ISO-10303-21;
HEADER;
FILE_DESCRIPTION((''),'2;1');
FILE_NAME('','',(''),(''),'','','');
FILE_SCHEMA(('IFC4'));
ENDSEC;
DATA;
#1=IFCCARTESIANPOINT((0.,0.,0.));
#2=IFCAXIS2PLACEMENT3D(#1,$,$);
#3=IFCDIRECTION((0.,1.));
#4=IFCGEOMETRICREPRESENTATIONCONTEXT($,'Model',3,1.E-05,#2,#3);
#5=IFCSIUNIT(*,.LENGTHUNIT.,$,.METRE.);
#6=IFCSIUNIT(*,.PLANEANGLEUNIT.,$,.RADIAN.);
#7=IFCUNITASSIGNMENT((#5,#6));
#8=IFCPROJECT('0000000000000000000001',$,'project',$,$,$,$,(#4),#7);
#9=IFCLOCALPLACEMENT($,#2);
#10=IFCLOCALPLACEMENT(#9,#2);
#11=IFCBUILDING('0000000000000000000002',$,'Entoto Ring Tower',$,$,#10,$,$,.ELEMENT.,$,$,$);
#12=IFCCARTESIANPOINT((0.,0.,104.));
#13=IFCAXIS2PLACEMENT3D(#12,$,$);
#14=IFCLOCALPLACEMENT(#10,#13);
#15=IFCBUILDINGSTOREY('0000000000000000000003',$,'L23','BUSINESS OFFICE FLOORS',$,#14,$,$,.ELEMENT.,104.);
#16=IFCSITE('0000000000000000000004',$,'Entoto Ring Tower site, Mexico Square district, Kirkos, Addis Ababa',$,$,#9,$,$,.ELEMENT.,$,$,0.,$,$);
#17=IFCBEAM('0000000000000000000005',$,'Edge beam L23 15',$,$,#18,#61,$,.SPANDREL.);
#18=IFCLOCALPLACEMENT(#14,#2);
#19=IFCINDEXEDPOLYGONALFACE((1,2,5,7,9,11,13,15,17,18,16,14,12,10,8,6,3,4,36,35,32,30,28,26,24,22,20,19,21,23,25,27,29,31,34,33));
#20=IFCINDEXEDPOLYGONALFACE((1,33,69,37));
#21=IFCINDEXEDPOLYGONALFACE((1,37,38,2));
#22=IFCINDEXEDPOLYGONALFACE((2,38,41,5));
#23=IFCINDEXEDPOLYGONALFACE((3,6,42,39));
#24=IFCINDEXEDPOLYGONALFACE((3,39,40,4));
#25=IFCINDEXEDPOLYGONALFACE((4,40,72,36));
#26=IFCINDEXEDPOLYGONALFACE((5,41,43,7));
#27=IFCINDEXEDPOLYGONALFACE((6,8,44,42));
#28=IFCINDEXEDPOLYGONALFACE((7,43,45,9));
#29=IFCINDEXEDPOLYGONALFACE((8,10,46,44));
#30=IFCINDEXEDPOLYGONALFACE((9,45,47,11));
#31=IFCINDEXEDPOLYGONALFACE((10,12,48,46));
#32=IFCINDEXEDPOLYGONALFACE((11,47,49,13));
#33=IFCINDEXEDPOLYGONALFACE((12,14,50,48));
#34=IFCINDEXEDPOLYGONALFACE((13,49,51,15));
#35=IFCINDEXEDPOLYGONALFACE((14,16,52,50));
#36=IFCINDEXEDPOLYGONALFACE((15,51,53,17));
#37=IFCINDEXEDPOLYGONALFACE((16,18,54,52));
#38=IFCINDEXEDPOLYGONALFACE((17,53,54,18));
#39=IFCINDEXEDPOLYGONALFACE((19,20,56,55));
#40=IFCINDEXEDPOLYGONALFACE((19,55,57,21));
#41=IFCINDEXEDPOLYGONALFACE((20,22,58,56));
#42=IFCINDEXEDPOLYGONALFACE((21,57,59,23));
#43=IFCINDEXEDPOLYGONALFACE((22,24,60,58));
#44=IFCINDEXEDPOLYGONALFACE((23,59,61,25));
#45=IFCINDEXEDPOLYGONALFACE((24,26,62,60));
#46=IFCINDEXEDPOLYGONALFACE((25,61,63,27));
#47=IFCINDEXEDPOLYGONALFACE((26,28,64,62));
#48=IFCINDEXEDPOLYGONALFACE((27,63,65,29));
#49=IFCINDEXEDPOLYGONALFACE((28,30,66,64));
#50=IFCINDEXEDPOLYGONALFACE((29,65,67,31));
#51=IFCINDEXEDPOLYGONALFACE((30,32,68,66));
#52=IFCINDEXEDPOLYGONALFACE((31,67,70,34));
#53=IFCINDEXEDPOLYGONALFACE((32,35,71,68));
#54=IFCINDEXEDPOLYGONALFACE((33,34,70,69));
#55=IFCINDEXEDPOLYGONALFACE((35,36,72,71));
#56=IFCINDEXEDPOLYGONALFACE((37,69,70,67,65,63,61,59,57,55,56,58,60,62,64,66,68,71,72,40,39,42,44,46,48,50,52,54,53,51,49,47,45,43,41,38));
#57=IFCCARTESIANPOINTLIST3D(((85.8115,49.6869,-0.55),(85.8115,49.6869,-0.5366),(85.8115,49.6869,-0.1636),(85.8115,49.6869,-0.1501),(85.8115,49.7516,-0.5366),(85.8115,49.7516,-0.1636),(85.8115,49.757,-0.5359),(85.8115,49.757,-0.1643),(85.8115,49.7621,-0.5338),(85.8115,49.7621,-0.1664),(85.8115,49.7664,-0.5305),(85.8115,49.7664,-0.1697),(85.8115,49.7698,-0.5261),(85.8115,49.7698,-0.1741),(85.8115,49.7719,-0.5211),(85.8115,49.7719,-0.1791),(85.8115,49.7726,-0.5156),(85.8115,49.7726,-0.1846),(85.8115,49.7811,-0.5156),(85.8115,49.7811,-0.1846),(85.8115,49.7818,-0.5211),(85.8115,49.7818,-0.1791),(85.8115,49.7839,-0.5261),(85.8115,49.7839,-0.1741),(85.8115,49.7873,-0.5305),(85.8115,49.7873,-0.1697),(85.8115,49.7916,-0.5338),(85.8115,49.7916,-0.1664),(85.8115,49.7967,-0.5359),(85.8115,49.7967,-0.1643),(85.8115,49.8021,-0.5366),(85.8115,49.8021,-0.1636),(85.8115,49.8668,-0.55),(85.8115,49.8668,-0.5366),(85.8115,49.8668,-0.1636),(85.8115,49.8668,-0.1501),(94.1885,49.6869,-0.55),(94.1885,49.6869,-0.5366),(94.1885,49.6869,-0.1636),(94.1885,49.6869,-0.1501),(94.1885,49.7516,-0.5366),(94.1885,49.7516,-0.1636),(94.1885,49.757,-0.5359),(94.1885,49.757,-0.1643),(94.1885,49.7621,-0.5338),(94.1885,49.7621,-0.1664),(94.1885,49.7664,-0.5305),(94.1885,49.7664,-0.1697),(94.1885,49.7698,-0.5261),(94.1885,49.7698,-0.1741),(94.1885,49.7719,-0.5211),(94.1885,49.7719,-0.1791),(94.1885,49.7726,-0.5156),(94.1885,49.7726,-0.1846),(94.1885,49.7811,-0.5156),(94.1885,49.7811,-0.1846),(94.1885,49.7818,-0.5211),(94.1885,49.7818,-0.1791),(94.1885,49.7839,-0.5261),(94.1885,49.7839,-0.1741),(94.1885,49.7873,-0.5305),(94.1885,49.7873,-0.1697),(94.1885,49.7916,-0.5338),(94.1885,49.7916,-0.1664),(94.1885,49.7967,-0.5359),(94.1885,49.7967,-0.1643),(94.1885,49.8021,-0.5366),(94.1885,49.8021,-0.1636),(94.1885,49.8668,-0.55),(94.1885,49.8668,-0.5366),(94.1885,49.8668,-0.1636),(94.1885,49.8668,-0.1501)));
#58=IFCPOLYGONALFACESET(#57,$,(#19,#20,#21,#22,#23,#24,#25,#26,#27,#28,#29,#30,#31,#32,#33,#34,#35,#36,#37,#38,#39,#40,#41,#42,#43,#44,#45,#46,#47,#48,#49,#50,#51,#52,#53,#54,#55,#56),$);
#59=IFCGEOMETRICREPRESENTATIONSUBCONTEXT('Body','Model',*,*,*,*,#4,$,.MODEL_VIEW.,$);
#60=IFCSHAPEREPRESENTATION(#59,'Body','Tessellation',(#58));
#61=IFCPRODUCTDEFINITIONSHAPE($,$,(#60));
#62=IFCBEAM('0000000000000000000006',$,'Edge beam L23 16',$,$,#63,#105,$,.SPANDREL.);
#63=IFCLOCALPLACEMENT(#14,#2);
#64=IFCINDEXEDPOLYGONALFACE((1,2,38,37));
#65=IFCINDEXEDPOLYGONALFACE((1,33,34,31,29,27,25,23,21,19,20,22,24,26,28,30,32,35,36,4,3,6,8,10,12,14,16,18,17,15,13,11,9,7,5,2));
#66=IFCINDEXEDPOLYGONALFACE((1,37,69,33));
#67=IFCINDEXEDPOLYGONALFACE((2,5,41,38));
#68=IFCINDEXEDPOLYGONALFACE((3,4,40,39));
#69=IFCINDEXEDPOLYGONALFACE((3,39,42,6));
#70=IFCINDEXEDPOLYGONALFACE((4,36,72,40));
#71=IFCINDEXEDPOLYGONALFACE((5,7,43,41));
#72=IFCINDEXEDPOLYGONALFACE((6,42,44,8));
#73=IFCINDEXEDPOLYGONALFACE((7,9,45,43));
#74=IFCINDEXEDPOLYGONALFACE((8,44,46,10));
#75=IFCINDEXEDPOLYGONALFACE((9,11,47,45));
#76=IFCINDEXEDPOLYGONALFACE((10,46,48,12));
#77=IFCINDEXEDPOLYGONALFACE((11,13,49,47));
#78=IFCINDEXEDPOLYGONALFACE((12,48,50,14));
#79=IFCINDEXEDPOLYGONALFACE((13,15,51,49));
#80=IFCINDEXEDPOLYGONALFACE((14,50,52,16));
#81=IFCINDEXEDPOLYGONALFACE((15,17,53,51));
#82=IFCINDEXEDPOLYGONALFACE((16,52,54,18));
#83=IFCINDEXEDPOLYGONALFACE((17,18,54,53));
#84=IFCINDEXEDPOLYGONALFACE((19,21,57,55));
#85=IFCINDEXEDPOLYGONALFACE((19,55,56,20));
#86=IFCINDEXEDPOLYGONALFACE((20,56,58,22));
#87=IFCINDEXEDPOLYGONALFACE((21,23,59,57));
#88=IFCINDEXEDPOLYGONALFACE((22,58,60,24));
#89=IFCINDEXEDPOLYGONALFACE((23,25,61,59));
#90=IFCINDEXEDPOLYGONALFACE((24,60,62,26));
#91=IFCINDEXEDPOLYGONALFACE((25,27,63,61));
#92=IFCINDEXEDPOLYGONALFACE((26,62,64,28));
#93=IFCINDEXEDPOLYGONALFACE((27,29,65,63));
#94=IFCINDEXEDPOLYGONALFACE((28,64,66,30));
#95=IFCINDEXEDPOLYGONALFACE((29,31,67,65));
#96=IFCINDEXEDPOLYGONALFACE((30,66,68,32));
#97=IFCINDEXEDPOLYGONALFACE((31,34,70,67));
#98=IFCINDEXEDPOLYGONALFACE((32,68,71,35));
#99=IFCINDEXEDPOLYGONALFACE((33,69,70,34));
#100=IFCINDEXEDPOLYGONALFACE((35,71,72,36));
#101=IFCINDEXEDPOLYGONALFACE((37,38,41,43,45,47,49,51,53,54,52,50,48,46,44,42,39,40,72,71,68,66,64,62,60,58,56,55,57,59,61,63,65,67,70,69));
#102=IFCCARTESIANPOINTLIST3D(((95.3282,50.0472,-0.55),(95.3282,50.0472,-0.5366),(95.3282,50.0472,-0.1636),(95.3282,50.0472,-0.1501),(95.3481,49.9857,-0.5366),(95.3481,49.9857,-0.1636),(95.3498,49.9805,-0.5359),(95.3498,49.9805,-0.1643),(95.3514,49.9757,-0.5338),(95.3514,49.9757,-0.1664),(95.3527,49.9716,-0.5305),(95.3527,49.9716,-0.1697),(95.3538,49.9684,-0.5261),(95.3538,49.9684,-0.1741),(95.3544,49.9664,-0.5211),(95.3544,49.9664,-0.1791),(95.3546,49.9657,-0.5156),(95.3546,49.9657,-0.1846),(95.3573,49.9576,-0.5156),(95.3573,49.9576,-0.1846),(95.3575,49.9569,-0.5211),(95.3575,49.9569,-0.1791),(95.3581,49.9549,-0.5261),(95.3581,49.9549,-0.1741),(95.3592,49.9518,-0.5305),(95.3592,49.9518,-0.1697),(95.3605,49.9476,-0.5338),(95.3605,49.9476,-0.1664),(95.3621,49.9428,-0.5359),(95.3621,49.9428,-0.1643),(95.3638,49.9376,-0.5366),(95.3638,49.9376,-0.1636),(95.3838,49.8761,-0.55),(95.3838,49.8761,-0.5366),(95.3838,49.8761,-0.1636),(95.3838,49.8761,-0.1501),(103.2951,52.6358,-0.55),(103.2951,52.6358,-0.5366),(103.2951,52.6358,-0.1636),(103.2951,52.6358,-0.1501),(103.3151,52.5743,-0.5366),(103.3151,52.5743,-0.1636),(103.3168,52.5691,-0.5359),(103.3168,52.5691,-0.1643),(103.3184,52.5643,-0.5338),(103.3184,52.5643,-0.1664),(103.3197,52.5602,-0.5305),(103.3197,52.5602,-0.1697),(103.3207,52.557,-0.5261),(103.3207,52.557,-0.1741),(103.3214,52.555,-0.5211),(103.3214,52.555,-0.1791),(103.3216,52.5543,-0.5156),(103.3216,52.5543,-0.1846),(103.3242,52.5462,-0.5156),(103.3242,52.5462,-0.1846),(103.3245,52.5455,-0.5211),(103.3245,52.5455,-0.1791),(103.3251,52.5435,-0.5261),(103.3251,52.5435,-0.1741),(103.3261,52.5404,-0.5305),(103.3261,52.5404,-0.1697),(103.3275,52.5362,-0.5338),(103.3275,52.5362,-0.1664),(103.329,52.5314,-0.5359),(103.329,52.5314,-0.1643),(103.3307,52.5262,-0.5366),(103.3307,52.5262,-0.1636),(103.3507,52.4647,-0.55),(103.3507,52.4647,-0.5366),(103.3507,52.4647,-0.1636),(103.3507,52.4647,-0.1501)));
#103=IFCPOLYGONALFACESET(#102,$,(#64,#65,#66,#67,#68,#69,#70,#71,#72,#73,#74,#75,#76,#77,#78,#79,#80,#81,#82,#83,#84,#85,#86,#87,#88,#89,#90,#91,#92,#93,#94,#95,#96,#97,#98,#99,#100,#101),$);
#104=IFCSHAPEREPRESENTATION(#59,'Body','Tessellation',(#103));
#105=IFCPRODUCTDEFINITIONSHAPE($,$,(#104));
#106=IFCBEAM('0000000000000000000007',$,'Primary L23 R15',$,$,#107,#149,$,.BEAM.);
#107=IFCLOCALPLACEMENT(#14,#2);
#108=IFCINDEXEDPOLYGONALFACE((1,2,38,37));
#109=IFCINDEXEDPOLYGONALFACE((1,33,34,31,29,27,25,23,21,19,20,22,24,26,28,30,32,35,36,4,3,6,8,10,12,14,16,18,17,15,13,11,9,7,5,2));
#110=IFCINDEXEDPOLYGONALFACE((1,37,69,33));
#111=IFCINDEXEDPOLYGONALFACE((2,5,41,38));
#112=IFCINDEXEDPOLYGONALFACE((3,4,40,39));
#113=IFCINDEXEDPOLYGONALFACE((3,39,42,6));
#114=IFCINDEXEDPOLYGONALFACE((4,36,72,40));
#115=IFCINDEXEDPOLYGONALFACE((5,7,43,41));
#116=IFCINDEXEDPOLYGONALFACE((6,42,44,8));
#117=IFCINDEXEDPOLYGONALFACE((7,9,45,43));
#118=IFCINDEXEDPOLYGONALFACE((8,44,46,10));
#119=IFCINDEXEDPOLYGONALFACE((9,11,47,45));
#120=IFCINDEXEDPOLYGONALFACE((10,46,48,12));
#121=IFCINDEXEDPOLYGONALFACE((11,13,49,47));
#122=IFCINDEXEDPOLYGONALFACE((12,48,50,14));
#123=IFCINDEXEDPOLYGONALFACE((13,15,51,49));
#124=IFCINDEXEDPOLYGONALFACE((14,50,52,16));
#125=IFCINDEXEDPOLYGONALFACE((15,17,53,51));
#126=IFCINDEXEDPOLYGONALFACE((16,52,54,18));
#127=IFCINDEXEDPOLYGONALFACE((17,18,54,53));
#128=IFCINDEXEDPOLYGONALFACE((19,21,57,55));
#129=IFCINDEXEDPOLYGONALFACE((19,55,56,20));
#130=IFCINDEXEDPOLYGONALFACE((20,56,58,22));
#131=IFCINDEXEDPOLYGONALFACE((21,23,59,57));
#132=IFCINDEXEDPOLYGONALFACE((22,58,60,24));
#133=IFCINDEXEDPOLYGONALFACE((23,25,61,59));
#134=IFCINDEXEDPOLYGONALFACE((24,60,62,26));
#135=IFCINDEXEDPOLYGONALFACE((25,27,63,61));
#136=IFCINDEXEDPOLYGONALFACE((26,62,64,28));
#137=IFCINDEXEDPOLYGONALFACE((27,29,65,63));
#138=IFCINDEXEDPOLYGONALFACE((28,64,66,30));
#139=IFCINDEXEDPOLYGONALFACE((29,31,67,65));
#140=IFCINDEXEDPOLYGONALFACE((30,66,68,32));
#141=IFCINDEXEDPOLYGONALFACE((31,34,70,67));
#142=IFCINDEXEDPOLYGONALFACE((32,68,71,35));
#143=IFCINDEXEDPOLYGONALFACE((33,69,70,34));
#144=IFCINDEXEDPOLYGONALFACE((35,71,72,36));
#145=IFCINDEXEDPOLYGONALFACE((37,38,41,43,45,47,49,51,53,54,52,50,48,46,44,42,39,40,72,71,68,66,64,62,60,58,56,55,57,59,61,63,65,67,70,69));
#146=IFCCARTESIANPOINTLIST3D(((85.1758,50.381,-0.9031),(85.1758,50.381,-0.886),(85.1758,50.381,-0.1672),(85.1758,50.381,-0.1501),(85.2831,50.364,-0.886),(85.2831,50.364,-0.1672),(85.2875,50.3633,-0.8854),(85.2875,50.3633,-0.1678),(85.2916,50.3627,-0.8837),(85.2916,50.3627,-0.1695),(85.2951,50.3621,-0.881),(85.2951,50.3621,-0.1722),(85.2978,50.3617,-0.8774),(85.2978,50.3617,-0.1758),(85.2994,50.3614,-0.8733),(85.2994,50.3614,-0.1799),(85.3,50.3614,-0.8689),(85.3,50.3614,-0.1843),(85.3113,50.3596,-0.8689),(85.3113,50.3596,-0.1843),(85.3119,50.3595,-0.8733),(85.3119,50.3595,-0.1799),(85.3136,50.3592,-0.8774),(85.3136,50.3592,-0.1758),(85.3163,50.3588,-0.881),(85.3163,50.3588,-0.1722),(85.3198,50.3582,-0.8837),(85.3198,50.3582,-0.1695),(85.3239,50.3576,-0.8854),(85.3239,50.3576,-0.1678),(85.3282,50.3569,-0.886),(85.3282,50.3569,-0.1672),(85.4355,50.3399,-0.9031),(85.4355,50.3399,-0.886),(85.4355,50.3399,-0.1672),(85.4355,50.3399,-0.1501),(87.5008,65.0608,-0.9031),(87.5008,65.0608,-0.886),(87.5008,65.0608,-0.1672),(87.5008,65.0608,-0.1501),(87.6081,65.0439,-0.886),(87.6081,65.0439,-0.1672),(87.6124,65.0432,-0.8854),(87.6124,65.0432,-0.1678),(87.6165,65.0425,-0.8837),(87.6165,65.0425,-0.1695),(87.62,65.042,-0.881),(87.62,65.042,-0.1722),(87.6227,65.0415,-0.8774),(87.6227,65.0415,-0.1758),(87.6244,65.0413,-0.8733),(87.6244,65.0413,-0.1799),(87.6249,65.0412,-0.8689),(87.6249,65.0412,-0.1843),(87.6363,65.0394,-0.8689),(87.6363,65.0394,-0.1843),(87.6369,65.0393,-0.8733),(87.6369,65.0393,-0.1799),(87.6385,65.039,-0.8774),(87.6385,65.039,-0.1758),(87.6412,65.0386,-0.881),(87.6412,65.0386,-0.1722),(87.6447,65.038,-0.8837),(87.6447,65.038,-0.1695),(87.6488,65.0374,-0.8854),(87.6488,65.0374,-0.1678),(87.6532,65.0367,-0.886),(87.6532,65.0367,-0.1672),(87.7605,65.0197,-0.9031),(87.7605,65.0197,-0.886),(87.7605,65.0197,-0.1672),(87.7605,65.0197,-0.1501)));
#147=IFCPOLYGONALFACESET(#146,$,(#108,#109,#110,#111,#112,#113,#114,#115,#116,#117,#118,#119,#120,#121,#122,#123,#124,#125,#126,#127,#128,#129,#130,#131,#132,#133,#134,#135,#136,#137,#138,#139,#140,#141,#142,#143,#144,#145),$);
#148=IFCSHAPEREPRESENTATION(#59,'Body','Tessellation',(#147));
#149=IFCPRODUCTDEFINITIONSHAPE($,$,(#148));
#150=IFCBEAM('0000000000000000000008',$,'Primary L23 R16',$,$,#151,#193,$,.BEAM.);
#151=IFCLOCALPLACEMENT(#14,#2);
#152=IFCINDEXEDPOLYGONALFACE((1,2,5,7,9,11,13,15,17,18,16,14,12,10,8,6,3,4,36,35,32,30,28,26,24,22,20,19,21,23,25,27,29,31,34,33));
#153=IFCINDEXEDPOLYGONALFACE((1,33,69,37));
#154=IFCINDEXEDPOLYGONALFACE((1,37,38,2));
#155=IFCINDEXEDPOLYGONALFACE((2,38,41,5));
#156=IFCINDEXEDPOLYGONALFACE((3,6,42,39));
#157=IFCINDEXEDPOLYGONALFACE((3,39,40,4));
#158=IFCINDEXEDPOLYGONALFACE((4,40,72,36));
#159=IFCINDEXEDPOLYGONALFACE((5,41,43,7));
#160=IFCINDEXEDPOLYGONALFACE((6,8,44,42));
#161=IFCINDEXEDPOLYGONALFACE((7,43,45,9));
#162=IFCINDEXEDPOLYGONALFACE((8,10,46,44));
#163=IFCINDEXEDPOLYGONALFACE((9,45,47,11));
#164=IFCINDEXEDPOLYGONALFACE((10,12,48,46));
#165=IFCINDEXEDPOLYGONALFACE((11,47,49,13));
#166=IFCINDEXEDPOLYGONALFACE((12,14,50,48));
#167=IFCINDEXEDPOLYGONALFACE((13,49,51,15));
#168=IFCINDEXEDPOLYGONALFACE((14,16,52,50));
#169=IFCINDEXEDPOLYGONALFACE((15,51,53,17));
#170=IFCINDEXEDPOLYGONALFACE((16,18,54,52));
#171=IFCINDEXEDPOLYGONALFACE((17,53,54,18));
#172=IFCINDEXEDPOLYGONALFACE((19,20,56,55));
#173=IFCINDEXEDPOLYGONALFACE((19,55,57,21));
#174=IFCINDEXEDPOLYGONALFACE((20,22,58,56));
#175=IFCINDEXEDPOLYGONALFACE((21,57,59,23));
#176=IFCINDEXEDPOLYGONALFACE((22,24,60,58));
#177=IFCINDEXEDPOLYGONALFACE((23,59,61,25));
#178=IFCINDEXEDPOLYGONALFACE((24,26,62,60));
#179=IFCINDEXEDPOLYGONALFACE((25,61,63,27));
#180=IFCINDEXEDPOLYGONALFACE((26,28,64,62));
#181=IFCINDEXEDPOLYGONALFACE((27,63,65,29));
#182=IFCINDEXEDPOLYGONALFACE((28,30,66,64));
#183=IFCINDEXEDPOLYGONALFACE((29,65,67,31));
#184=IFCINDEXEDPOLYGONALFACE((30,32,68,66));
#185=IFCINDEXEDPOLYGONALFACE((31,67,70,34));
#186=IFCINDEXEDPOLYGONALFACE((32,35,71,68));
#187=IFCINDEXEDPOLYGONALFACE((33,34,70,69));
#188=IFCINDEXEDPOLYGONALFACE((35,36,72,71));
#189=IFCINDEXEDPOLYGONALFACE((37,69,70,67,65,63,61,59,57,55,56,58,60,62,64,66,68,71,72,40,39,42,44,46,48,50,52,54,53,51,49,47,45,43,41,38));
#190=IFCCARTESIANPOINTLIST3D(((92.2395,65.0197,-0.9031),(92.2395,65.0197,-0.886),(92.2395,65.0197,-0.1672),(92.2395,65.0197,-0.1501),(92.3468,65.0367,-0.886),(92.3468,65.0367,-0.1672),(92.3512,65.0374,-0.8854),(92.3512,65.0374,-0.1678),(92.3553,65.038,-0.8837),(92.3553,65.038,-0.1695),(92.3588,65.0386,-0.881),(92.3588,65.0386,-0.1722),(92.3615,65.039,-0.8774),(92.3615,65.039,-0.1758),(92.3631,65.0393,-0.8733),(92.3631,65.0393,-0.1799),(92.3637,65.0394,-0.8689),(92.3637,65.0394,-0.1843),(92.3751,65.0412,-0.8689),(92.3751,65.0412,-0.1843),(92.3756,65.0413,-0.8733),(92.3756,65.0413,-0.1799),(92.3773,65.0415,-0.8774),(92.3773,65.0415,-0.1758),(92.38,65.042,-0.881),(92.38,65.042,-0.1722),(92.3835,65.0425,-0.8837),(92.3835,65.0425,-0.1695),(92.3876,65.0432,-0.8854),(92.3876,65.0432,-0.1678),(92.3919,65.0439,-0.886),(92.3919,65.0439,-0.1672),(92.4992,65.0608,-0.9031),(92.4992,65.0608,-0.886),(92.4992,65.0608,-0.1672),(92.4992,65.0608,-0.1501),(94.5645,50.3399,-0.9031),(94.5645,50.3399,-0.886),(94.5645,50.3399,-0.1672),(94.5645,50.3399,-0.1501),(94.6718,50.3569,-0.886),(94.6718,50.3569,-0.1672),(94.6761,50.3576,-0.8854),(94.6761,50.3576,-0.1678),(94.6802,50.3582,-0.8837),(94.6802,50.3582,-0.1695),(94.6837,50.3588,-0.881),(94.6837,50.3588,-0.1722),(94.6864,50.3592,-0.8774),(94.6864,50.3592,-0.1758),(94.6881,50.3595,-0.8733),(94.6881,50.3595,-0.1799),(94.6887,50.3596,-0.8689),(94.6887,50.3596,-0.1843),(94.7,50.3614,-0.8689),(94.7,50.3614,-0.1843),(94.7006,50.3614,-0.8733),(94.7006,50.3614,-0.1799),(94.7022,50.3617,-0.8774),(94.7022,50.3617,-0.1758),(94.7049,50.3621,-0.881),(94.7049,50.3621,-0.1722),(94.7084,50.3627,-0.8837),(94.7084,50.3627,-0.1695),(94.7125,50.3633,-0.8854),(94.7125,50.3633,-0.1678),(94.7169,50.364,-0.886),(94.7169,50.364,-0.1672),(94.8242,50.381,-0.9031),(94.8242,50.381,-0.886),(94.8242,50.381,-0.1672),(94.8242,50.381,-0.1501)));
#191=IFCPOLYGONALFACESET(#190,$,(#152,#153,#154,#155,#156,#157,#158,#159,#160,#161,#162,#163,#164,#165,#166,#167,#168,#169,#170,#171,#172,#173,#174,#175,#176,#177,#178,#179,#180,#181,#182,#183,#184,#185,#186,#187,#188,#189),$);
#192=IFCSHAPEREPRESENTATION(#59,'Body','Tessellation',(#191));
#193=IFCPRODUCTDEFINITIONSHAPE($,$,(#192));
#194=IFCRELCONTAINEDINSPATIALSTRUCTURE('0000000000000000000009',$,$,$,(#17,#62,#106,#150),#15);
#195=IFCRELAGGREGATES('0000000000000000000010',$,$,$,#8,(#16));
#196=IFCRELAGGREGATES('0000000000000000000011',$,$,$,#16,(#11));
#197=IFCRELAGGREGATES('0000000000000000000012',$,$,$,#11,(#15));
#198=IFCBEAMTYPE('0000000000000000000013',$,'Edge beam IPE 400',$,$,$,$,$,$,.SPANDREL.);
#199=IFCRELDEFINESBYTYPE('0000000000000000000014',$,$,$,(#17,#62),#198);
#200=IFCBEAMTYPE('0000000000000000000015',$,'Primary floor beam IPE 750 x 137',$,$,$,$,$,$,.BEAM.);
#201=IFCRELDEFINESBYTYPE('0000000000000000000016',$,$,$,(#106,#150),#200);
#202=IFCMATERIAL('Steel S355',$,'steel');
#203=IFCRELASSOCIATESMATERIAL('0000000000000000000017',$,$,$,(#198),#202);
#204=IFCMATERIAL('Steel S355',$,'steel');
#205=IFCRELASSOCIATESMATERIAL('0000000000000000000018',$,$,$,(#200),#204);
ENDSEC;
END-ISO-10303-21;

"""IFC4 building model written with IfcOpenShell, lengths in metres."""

from ifc_helpers import new_model, si_unit, direction, frame, origin, origin_2d, place, context, subcontext, project, spatial, i_section, extrude, material, material_profile, profile_set, type_object, element, save


model = new_model("IFC4")

# Units and contexts
model_context = context("Model", 3, precision=1e-05, world=origin(), true_north=direction((0.0, 1.0)))
body_context = subcontext(model_context, "Body", "Model", "MODEL_VIEW")
ifc_project = project(units=[si_unit("LENGTHUNIT", "METRE"), si_unit("PLANEANGLEUNIT", "RADIAN")], contexts=[model_context])

# Site, building, storey
site_placement = place(None, origin())
site = spatial("IfcSite", under=ifc_project, at=site_placement, Name="Entoto Ring Tower site, Mexico Square district, Kirkos, Addis Ababa", CompositionType="ELEMENT", RefElevation=0.0)
building_placement = place(site_placement, origin())
building = spatial("IfcBuilding", under=site, at=building_placement, Name="Entoto Ring Tower", CompositionType="ELEMENT")
storey_placement = place(building_placement, frame((0.0, 0.0, 104.0)))
storey = spatial("IfcBuildingStorey", under=building, at=storey_placement, Name="L23", Description="BUSINESS OFFICE FLOORS", CompositionType="ELEMENT", Elevation=104.0)

# Beams
ifc_material_1 = material(Name="Steel S355", Category="steel")
ifc_material_profile_1 = material_profile(ifc_material_1, i_section(OverallWidth=0.1799, OverallDepth=0.3999, WebThickness=0.0085, FlangeThickness=0.0134, FilletRadius=0.021, at=origin_2d()), Name="IPE 400")
ifc_profile_set_1 = profile_set([ifc_material_profile_1], Name="Steel S355")
beam_type_1 = type_object("IfcBeamType", Name="Edge beam IPE 400", PredefinedType="SPANDREL", material=ifc_profile_set_1)
for number, where, z_axis, x_axis, name in (
    (1, (85.8115, 49.7769, -0.3501), (1.0, 0.0, 0.0), (0.0, 1.0, 0.0), "Edge beam L23 15"),
    (2, (95.356, 49.9617, -0.3501), (0.951057, 0.309014, 0.0), (-0.309014, 0.951057, 0.0), "Edge beam L23 16"),
):
    element("IfcBeam", number, at=place(storey_placement, frame(where, z_axis=z_axis, x_axis=x_axis)), inside=storey, type_object=beam_type_1, Name=name, PredefinedType="SPANDREL", context=body_context, shape_type="SweptSolid", body=[
        extrude(i_section(OverallWidth=0.1799, OverallDepth=0.3999, WebThickness=0.0085, FlangeThickness=0.0134, FilletRadius=0.021, at=origin_2d()), origin(), (0.0, 0.0, 1.0), 8.377),
    ])
ifc_material_2 = material(Name="Steel S355", Category="steel")
ifc_material_profile_2 = material_profile(ifc_material_2, i_section(OverallWidth=0.2629, OverallDepth=0.7529, WebThickness=0.0115, FlangeThickness=0.0171, FilletRadius=0.0171, at=origin_2d()), Name="IPE 750 x 137")
ifc_profile_set_2 = profile_set([ifc_material_profile_2], Name="Steel S355")
beam_type_2 = type_object("IfcBeamType", Name="Primary floor beam IPE 750 x 137", PredefinedType="BEAM", material=ifc_profile_set_2)
for number, where, z_axis, x_axis, name in (
    (3, (87.6306, 65.0403, -0.5266), (-0.156426, -0.98769, 0.0), (0.98769, -0.156426, 0.0), "Primary L23 R15"),
    (4, (92.3694, 65.0403, -0.5266), (0.156426, -0.98769, 0.0), (0.98769, 0.156426, 0.0), "Primary L23 R16"),
):
    element("IfcBeam", number, at=place(storey_placement, frame(where, z_axis=z_axis, x_axis=x_axis)), inside=storey, type_object=beam_type_2, Name=name, PredefinedType="BEAM", context=body_context, shape_type="SweptSolid", body=[
        extrude(i_section(OverallWidth=0.2629, OverallDepth=0.7529, WebThickness=0.0115, FlangeThickness=0.0171, FilletRadius=0.0171, at=origin_2d()), origin(), (0.0, 0.0, 1.0), 14.8628),
    ])

save(model, "model.ifc")
